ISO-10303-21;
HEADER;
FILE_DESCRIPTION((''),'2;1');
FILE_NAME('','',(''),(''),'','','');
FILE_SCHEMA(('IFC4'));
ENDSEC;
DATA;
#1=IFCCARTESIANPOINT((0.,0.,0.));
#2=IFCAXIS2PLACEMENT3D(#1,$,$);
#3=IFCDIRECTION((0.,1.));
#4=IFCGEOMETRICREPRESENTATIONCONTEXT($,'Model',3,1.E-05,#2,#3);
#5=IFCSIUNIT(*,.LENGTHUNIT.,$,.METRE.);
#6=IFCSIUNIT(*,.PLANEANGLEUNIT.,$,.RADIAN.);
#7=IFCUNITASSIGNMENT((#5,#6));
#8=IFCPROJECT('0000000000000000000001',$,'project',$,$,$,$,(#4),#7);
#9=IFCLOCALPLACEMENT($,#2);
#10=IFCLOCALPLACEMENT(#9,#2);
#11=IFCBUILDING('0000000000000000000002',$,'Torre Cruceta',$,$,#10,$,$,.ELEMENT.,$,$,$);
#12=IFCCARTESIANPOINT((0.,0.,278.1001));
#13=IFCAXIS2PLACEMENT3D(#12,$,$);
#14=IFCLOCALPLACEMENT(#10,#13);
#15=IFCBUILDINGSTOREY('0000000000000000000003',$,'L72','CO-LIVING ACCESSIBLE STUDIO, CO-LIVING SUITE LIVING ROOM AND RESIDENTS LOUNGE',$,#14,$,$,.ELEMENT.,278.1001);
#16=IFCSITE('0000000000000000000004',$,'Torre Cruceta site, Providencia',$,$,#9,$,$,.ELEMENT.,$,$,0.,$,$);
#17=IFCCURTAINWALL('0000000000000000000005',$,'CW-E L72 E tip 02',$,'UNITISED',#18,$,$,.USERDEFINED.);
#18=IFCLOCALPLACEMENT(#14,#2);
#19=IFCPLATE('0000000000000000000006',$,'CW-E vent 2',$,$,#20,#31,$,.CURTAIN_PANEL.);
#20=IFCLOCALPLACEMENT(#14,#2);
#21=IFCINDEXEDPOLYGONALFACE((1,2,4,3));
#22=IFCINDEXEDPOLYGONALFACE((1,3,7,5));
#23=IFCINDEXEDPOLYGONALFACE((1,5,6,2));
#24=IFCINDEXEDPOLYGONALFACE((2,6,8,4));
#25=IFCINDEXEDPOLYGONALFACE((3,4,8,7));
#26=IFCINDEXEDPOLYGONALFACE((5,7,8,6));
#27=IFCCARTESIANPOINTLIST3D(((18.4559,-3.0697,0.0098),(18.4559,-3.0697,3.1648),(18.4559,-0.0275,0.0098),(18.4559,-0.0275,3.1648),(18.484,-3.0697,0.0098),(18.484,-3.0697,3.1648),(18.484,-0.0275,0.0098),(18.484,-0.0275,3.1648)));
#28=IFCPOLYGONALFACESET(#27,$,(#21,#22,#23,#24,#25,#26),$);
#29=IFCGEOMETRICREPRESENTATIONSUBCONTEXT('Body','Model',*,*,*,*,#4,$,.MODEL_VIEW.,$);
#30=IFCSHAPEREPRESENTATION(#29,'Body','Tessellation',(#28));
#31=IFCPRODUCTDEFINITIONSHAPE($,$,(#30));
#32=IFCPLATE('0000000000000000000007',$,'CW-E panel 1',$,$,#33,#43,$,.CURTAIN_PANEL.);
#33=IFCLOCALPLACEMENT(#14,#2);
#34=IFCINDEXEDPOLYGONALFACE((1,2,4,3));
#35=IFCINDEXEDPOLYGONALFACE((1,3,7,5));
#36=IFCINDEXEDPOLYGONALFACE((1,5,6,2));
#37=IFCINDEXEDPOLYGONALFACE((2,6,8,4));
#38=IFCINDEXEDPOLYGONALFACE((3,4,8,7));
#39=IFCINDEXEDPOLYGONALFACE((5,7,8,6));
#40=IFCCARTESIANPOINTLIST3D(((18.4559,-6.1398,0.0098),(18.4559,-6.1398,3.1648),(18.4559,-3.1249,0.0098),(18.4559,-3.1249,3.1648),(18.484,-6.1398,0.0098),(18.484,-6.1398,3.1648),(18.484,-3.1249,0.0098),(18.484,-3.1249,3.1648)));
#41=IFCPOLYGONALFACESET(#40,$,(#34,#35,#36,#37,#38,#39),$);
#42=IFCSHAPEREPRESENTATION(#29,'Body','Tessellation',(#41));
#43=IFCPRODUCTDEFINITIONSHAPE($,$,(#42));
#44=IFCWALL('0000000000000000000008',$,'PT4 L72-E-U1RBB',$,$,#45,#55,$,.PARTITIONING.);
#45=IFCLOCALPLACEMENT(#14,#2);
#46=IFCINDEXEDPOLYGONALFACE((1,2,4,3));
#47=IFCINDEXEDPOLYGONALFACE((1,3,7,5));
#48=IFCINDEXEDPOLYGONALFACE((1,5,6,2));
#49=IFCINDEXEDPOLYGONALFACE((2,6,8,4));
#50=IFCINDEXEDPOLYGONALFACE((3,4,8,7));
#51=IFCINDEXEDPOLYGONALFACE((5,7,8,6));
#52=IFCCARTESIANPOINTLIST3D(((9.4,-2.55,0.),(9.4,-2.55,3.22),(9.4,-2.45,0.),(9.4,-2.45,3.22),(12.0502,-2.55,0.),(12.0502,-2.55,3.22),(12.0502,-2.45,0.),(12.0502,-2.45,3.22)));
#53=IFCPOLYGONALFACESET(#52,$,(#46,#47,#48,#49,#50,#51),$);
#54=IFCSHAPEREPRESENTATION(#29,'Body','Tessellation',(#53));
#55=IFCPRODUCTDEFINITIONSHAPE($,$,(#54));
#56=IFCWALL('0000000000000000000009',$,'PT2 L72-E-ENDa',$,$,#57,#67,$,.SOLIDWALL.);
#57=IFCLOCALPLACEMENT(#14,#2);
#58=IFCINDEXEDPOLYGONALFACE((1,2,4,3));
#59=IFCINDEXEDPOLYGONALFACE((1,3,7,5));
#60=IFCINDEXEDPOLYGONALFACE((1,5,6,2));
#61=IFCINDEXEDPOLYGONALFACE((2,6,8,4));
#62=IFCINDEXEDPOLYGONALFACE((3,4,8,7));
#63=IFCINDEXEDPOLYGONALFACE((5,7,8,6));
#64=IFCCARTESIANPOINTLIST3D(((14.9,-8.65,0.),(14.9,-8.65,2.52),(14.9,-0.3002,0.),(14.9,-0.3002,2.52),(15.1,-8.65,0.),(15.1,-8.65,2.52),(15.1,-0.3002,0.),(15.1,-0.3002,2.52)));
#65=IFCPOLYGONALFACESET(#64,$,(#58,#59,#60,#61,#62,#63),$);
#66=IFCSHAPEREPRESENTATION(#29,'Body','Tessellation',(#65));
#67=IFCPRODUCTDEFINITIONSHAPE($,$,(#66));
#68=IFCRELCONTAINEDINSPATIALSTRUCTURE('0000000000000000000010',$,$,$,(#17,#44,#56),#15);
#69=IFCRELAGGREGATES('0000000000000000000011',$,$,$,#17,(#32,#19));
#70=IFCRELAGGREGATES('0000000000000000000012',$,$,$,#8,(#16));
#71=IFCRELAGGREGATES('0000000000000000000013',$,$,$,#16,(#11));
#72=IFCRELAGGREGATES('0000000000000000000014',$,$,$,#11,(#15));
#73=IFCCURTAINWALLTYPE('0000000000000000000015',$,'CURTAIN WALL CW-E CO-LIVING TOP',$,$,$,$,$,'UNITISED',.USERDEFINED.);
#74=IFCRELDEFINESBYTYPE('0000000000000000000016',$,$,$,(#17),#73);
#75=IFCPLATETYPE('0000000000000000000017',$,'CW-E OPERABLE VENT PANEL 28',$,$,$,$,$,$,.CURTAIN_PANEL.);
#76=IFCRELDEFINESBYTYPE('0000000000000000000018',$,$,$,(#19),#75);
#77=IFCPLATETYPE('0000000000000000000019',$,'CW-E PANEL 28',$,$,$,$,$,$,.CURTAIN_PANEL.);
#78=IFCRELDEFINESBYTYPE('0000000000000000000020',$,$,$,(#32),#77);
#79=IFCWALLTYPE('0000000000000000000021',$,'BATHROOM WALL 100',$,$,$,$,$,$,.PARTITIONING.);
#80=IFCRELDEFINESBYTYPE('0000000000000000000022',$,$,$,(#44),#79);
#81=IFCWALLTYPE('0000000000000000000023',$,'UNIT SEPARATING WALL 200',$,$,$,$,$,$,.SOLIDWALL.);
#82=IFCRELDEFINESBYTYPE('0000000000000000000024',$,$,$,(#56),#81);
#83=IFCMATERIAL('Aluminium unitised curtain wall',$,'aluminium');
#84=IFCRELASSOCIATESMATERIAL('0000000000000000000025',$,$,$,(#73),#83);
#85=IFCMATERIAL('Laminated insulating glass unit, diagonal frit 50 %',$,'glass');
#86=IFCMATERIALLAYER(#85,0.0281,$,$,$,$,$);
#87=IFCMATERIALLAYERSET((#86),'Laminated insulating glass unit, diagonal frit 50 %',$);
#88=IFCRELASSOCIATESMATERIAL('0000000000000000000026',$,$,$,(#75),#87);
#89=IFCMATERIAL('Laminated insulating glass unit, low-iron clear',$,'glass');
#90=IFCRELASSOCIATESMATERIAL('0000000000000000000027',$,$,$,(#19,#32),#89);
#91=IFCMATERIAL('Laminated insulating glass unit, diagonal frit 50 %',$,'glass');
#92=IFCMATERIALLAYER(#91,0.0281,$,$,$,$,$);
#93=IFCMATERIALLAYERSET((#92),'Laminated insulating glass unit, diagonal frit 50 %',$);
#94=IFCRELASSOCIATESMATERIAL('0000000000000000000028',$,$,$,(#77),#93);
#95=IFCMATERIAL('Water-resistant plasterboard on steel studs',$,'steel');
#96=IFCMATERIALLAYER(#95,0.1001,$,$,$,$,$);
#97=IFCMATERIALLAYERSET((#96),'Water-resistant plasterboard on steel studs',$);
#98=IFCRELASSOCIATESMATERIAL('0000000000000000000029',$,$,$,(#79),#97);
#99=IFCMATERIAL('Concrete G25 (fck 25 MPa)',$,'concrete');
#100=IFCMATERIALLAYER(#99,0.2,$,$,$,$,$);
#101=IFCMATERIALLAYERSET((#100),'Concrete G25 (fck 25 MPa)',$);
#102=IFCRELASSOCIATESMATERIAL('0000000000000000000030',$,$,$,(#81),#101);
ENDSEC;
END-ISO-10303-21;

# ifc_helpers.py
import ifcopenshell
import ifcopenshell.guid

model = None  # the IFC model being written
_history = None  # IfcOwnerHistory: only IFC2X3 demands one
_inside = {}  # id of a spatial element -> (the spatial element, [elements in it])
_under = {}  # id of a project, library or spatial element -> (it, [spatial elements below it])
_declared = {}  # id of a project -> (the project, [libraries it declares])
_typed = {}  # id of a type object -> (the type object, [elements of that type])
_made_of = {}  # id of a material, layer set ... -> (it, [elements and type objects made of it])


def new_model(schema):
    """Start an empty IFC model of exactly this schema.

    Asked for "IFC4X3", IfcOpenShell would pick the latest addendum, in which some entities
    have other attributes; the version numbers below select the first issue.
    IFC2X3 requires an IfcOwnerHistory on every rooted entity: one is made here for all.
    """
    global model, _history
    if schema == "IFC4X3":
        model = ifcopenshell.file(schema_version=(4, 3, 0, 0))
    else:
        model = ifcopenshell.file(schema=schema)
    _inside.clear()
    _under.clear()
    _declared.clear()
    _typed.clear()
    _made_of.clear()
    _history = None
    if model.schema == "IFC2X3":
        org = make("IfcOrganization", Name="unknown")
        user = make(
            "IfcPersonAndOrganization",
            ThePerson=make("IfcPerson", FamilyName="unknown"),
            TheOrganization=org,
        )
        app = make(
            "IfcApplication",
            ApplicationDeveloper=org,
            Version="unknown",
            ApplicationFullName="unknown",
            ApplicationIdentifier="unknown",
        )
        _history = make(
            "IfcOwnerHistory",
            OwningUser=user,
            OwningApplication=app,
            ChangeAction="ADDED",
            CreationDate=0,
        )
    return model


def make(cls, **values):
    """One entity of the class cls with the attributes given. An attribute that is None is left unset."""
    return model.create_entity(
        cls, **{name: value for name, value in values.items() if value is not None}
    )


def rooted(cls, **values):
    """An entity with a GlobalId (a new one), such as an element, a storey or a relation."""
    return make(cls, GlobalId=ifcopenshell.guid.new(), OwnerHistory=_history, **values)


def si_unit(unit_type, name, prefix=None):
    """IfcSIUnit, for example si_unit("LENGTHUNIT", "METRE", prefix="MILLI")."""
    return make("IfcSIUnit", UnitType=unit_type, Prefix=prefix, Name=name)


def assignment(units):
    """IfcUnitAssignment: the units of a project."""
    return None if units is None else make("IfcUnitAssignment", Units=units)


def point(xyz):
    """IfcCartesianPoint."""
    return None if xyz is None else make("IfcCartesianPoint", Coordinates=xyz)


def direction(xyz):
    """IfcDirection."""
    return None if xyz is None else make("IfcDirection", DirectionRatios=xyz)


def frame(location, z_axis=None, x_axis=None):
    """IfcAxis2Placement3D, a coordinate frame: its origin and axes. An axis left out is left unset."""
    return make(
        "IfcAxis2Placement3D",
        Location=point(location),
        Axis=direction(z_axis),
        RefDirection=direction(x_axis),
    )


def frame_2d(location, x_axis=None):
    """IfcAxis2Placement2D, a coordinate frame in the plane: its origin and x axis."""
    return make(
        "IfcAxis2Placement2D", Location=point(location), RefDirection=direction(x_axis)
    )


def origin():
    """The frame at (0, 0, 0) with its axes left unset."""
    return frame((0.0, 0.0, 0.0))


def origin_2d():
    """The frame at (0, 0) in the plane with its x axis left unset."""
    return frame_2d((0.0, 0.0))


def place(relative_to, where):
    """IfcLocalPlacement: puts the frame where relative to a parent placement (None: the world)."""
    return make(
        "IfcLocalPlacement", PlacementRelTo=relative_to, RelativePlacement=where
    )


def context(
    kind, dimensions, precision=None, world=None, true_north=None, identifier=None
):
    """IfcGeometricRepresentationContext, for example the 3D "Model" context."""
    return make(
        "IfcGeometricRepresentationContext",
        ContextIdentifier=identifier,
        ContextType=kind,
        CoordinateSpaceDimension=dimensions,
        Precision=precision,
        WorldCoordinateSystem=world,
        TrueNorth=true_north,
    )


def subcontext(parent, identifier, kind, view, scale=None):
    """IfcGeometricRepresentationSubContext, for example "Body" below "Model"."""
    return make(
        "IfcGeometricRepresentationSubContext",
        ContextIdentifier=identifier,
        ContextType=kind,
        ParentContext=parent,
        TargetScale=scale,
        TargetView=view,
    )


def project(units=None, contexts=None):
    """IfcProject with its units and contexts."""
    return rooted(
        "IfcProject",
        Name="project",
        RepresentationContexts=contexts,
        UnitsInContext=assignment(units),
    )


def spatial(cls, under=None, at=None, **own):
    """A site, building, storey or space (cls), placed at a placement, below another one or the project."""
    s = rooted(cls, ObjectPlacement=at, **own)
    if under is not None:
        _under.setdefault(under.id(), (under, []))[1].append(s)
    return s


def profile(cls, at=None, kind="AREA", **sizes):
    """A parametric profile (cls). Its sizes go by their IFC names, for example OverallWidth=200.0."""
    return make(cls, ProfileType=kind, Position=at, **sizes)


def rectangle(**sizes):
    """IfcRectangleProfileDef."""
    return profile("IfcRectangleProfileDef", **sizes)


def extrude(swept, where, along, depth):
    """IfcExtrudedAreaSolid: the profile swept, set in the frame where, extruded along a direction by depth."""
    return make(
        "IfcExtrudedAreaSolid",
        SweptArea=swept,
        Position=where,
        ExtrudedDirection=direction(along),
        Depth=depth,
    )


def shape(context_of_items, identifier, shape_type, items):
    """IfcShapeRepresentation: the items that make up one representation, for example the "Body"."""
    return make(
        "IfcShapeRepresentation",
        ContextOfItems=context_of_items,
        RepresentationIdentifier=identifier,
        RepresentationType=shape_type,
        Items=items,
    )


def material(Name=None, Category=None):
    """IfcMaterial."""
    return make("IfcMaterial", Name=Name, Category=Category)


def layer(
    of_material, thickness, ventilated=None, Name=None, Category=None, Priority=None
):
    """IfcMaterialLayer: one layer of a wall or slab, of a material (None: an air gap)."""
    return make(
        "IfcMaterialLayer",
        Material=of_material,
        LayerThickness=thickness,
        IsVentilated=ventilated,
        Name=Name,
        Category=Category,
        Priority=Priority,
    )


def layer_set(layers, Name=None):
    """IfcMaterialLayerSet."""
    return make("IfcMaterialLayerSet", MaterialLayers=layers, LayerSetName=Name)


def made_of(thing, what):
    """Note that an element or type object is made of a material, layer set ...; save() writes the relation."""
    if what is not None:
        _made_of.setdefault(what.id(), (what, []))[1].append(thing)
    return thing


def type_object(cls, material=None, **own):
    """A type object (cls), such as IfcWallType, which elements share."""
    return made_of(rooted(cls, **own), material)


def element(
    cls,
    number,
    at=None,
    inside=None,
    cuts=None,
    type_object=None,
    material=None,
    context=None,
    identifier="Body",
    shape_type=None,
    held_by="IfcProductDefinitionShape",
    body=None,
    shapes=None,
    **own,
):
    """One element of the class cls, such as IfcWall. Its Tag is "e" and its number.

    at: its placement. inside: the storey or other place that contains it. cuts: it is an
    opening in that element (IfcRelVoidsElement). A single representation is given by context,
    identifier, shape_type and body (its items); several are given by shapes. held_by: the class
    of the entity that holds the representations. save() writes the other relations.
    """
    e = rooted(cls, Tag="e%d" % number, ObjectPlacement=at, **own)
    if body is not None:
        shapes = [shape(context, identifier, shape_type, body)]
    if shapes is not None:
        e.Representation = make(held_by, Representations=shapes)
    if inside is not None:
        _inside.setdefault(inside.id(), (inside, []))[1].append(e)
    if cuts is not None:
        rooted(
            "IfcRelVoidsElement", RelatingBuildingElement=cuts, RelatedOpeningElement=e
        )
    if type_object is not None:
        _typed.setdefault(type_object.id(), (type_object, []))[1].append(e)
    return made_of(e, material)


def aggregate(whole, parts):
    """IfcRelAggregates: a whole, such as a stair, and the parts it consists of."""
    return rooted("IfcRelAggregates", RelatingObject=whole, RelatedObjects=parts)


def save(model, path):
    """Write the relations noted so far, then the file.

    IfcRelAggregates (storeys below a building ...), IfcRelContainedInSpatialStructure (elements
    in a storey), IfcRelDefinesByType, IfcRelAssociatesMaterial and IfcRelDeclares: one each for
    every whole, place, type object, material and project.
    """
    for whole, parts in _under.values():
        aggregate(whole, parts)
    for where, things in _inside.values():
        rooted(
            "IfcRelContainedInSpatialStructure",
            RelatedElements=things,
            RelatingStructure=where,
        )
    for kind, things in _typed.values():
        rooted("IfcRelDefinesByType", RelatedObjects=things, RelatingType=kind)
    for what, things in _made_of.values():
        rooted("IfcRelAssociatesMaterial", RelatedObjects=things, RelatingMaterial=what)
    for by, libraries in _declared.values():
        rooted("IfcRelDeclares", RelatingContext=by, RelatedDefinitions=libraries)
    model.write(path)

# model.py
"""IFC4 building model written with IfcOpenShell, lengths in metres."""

from ifc_helpers import new_model, si_unit, direction, frame, frame_2d, origin, origin_2d, place, context, subcontext, project, spatial, rectangle, extrude, material, layer, layer_set, type_object, element, aggregate, save


model = new_model("IFC4")

# Units and contexts
model_context = context("Model", 3, precision=1e-05, world=origin(), true_north=direction((0.0, 1.0)))
body_context = subcontext(model_context, "Body", "Model", "MODEL_VIEW")
ifc_project = project(units=[si_unit("LENGTHUNIT", "METRE"), si_unit("PLANEANGLEUNIT", "RADIAN")], contexts=[model_context])

# Site, building, storey
site_placement = place(None, origin())
site = spatial("IfcSite", under=ifc_project, at=site_placement, Name="Torre Cruceta site, Providencia", CompositionType="ELEMENT", RefElevation=0.0)
building_placement = place(site_placement, origin())
building = spatial("IfcBuilding", under=site, at=building_placement, Name="Torre Cruceta", CompositionType="ELEMENT")
storey_placement = place(building_placement, frame((0.0, 0.0, 278.1001)))
storey = spatial("IfcBuildingStorey", under=building, at=storey_placement, Name="L72", Description="CO-LIVING ACCESSIBLE STUDIO, CO-LIVING SUITE LIVING ROOM AND RESIDENTS LOUNGE", CompositionType="ELEMENT", Elevation=278.1001)

# Curtain wall
ifc_material_1 = material(Name="Aluminium unitised curtain wall", Category="aluminium")
curtain_wall_type = type_object("IfcCurtainWallType", Name="CURTAIN WALL CW-E CO-LIVING TOP", ElementType="UNITISED", PredefinedType="USERDEFINED", material=ifc_material_1)
curtain_wall_placement = place(storey_placement, origin())
curtain_wall = element("IfcCurtainWall", 1, at=curtain_wall_placement, inside=storey, type_object=curtain_wall_type, Name="CW-E L72 E tip 02", ObjectType="UNITISED", PredefinedType="USERDEFINED")

# Plates
ifc_material_2 = material(Name="Laminated insulating glass unit, low-iron clear", Category="glass")
ifc_material_3 = material(Name="Laminated insulating glass unit, diagonal frit 50 %", Category="glass")
ifc_layer_1 = layer(ifc_material_3, 0.0281)
ifc_layer_set_1 = layer_set([ifc_layer_1], Name="Laminated insulating glass unit, diagonal frit 50 %")
plate_type_1 = type_object("IfcPlateType", Name="CW-E OPERABLE VENT PANEL 28", PredefinedType="CURTAIN_PANEL", material=ifc_layer_set_1)
plate_1_placement = place(storey_placement, frame((18.47, -1.5486, 0.0098), z_axis=(0.0, 0.0, 1.0), x_axis=(0.0, 1.0, 0.0)))
plate_1 = element("IfcPlate", 2, at=plate_1_placement, type_object=plate_type_1, material=ifc_material_2, Name="CW-E vent 2", PredefinedType="CURTAIN_PANEL", context=body_context, shape_type="SweptSolid", body=[
    extrude(rectangle(XDim=3.0422, YDim=0.0281, at=origin_2d()), origin(), (0.0, 0.0, 1.0), 3.155),
])
ifc_material_4 = material(Name="Laminated insulating glass unit, diagonal frit 50 %", Category="glass")
ifc_layer_2 = layer(ifc_material_4, 0.0281)
ifc_layer_set_2 = layer_set([ifc_layer_2], Name="Laminated insulating glass unit, diagonal frit 50 %")
plate_type_2 = type_object("IfcPlateType", Name="CW-E PANEL 28", PredefinedType="CURTAIN_PANEL", material=ifc_layer_set_2)
plate_2_placement = place(storey_placement, frame((18.47, -4.6323, 0.0098), z_axis=(0.0, 0.0, 1.0), x_axis=(0.0, 1.0, 0.0)))
plate_2 = element("IfcPlate", 3, at=plate_2_placement, type_object=plate_type_2, material=ifc_material_2, Name="CW-E panel 1", PredefinedType="CURTAIN_PANEL", context=body_context, shape_type="SweptSolid", body=[
    extrude(rectangle(XDim=3.0149, YDim=0.0281, at=origin_2d()), origin(), (0.0, 0.0, 1.0), 3.155),
])
aggregate(curtain_wall, [plate_2, plate_1])

# Walls
ifc_material_5 = material(Name="Water-resistant plasterboard on steel studs", Category="steel")
ifc_layer_3 = layer(ifc_material_5, 0.1001)
ifc_layer_set_3 = layer_set([ifc_layer_3], Name="Water-resistant plasterboard on steel studs")
wall_type_1 = type_object("IfcWallType", Name="BATHROOM WALL 100", PredefinedType="PARTITIONING", material=ifc_layer_set_3)
wall_1_placement = place(storey_placement, frame((9.3999, -2.5, 0.0), z_axis=(0.0, 0.0, 1.0), x_axis=(1.0, 0.0, 0.0)))
element("IfcWall", 4, at=wall_1_placement, inside=storey, type_object=wall_type_1, Name="PT4 L72-E-U1RBB", PredefinedType="PARTITIONING", context=body_context, shape_type="SweptSolid", body=[
    extrude(rectangle(XDim=2.6501, YDim=0.1001, at=frame_2d((1.3252, 0.0))), origin(), (0.0, 0.0, 1.0), 3.22),
])
ifc_material_6 = material(Name="Concrete G25 (fck 25 MPa)", Category="concrete")
ifc_layer_4 = layer(ifc_material_6, 0.2)
ifc_layer_set_4 = layer_set([ifc_layer_4], Name="Concrete G25 (fck 25 MPa)")
wall_type_2 = type_object("IfcWallType", Name="UNIT SEPARATING WALL 200", PredefinedType="SOLIDWALL", material=ifc_layer_set_4)
wall_2_placement = place(storey_placement, frame((15.0, -8.6499, 0.0), z_axis=(0.0, 0.0, 1.0), x_axis=(0.0, 1.0, 0.0)))
element("IfcWall", 5, at=wall_2_placement, inside=storey, type_object=wall_type_2, Name="PT2 L72-E-ENDa", PredefinedType="SOLIDWALL", context=body_context, shape_type="SweptSolid", body=[
    extrude(rectangle(XDim=8.3499, YDim=0.2, at=frame_2d((4.1748, 0.0))), origin(), (0.0, 0.0, 1.0), 2.52),
])

save(model, "model.ifc")
